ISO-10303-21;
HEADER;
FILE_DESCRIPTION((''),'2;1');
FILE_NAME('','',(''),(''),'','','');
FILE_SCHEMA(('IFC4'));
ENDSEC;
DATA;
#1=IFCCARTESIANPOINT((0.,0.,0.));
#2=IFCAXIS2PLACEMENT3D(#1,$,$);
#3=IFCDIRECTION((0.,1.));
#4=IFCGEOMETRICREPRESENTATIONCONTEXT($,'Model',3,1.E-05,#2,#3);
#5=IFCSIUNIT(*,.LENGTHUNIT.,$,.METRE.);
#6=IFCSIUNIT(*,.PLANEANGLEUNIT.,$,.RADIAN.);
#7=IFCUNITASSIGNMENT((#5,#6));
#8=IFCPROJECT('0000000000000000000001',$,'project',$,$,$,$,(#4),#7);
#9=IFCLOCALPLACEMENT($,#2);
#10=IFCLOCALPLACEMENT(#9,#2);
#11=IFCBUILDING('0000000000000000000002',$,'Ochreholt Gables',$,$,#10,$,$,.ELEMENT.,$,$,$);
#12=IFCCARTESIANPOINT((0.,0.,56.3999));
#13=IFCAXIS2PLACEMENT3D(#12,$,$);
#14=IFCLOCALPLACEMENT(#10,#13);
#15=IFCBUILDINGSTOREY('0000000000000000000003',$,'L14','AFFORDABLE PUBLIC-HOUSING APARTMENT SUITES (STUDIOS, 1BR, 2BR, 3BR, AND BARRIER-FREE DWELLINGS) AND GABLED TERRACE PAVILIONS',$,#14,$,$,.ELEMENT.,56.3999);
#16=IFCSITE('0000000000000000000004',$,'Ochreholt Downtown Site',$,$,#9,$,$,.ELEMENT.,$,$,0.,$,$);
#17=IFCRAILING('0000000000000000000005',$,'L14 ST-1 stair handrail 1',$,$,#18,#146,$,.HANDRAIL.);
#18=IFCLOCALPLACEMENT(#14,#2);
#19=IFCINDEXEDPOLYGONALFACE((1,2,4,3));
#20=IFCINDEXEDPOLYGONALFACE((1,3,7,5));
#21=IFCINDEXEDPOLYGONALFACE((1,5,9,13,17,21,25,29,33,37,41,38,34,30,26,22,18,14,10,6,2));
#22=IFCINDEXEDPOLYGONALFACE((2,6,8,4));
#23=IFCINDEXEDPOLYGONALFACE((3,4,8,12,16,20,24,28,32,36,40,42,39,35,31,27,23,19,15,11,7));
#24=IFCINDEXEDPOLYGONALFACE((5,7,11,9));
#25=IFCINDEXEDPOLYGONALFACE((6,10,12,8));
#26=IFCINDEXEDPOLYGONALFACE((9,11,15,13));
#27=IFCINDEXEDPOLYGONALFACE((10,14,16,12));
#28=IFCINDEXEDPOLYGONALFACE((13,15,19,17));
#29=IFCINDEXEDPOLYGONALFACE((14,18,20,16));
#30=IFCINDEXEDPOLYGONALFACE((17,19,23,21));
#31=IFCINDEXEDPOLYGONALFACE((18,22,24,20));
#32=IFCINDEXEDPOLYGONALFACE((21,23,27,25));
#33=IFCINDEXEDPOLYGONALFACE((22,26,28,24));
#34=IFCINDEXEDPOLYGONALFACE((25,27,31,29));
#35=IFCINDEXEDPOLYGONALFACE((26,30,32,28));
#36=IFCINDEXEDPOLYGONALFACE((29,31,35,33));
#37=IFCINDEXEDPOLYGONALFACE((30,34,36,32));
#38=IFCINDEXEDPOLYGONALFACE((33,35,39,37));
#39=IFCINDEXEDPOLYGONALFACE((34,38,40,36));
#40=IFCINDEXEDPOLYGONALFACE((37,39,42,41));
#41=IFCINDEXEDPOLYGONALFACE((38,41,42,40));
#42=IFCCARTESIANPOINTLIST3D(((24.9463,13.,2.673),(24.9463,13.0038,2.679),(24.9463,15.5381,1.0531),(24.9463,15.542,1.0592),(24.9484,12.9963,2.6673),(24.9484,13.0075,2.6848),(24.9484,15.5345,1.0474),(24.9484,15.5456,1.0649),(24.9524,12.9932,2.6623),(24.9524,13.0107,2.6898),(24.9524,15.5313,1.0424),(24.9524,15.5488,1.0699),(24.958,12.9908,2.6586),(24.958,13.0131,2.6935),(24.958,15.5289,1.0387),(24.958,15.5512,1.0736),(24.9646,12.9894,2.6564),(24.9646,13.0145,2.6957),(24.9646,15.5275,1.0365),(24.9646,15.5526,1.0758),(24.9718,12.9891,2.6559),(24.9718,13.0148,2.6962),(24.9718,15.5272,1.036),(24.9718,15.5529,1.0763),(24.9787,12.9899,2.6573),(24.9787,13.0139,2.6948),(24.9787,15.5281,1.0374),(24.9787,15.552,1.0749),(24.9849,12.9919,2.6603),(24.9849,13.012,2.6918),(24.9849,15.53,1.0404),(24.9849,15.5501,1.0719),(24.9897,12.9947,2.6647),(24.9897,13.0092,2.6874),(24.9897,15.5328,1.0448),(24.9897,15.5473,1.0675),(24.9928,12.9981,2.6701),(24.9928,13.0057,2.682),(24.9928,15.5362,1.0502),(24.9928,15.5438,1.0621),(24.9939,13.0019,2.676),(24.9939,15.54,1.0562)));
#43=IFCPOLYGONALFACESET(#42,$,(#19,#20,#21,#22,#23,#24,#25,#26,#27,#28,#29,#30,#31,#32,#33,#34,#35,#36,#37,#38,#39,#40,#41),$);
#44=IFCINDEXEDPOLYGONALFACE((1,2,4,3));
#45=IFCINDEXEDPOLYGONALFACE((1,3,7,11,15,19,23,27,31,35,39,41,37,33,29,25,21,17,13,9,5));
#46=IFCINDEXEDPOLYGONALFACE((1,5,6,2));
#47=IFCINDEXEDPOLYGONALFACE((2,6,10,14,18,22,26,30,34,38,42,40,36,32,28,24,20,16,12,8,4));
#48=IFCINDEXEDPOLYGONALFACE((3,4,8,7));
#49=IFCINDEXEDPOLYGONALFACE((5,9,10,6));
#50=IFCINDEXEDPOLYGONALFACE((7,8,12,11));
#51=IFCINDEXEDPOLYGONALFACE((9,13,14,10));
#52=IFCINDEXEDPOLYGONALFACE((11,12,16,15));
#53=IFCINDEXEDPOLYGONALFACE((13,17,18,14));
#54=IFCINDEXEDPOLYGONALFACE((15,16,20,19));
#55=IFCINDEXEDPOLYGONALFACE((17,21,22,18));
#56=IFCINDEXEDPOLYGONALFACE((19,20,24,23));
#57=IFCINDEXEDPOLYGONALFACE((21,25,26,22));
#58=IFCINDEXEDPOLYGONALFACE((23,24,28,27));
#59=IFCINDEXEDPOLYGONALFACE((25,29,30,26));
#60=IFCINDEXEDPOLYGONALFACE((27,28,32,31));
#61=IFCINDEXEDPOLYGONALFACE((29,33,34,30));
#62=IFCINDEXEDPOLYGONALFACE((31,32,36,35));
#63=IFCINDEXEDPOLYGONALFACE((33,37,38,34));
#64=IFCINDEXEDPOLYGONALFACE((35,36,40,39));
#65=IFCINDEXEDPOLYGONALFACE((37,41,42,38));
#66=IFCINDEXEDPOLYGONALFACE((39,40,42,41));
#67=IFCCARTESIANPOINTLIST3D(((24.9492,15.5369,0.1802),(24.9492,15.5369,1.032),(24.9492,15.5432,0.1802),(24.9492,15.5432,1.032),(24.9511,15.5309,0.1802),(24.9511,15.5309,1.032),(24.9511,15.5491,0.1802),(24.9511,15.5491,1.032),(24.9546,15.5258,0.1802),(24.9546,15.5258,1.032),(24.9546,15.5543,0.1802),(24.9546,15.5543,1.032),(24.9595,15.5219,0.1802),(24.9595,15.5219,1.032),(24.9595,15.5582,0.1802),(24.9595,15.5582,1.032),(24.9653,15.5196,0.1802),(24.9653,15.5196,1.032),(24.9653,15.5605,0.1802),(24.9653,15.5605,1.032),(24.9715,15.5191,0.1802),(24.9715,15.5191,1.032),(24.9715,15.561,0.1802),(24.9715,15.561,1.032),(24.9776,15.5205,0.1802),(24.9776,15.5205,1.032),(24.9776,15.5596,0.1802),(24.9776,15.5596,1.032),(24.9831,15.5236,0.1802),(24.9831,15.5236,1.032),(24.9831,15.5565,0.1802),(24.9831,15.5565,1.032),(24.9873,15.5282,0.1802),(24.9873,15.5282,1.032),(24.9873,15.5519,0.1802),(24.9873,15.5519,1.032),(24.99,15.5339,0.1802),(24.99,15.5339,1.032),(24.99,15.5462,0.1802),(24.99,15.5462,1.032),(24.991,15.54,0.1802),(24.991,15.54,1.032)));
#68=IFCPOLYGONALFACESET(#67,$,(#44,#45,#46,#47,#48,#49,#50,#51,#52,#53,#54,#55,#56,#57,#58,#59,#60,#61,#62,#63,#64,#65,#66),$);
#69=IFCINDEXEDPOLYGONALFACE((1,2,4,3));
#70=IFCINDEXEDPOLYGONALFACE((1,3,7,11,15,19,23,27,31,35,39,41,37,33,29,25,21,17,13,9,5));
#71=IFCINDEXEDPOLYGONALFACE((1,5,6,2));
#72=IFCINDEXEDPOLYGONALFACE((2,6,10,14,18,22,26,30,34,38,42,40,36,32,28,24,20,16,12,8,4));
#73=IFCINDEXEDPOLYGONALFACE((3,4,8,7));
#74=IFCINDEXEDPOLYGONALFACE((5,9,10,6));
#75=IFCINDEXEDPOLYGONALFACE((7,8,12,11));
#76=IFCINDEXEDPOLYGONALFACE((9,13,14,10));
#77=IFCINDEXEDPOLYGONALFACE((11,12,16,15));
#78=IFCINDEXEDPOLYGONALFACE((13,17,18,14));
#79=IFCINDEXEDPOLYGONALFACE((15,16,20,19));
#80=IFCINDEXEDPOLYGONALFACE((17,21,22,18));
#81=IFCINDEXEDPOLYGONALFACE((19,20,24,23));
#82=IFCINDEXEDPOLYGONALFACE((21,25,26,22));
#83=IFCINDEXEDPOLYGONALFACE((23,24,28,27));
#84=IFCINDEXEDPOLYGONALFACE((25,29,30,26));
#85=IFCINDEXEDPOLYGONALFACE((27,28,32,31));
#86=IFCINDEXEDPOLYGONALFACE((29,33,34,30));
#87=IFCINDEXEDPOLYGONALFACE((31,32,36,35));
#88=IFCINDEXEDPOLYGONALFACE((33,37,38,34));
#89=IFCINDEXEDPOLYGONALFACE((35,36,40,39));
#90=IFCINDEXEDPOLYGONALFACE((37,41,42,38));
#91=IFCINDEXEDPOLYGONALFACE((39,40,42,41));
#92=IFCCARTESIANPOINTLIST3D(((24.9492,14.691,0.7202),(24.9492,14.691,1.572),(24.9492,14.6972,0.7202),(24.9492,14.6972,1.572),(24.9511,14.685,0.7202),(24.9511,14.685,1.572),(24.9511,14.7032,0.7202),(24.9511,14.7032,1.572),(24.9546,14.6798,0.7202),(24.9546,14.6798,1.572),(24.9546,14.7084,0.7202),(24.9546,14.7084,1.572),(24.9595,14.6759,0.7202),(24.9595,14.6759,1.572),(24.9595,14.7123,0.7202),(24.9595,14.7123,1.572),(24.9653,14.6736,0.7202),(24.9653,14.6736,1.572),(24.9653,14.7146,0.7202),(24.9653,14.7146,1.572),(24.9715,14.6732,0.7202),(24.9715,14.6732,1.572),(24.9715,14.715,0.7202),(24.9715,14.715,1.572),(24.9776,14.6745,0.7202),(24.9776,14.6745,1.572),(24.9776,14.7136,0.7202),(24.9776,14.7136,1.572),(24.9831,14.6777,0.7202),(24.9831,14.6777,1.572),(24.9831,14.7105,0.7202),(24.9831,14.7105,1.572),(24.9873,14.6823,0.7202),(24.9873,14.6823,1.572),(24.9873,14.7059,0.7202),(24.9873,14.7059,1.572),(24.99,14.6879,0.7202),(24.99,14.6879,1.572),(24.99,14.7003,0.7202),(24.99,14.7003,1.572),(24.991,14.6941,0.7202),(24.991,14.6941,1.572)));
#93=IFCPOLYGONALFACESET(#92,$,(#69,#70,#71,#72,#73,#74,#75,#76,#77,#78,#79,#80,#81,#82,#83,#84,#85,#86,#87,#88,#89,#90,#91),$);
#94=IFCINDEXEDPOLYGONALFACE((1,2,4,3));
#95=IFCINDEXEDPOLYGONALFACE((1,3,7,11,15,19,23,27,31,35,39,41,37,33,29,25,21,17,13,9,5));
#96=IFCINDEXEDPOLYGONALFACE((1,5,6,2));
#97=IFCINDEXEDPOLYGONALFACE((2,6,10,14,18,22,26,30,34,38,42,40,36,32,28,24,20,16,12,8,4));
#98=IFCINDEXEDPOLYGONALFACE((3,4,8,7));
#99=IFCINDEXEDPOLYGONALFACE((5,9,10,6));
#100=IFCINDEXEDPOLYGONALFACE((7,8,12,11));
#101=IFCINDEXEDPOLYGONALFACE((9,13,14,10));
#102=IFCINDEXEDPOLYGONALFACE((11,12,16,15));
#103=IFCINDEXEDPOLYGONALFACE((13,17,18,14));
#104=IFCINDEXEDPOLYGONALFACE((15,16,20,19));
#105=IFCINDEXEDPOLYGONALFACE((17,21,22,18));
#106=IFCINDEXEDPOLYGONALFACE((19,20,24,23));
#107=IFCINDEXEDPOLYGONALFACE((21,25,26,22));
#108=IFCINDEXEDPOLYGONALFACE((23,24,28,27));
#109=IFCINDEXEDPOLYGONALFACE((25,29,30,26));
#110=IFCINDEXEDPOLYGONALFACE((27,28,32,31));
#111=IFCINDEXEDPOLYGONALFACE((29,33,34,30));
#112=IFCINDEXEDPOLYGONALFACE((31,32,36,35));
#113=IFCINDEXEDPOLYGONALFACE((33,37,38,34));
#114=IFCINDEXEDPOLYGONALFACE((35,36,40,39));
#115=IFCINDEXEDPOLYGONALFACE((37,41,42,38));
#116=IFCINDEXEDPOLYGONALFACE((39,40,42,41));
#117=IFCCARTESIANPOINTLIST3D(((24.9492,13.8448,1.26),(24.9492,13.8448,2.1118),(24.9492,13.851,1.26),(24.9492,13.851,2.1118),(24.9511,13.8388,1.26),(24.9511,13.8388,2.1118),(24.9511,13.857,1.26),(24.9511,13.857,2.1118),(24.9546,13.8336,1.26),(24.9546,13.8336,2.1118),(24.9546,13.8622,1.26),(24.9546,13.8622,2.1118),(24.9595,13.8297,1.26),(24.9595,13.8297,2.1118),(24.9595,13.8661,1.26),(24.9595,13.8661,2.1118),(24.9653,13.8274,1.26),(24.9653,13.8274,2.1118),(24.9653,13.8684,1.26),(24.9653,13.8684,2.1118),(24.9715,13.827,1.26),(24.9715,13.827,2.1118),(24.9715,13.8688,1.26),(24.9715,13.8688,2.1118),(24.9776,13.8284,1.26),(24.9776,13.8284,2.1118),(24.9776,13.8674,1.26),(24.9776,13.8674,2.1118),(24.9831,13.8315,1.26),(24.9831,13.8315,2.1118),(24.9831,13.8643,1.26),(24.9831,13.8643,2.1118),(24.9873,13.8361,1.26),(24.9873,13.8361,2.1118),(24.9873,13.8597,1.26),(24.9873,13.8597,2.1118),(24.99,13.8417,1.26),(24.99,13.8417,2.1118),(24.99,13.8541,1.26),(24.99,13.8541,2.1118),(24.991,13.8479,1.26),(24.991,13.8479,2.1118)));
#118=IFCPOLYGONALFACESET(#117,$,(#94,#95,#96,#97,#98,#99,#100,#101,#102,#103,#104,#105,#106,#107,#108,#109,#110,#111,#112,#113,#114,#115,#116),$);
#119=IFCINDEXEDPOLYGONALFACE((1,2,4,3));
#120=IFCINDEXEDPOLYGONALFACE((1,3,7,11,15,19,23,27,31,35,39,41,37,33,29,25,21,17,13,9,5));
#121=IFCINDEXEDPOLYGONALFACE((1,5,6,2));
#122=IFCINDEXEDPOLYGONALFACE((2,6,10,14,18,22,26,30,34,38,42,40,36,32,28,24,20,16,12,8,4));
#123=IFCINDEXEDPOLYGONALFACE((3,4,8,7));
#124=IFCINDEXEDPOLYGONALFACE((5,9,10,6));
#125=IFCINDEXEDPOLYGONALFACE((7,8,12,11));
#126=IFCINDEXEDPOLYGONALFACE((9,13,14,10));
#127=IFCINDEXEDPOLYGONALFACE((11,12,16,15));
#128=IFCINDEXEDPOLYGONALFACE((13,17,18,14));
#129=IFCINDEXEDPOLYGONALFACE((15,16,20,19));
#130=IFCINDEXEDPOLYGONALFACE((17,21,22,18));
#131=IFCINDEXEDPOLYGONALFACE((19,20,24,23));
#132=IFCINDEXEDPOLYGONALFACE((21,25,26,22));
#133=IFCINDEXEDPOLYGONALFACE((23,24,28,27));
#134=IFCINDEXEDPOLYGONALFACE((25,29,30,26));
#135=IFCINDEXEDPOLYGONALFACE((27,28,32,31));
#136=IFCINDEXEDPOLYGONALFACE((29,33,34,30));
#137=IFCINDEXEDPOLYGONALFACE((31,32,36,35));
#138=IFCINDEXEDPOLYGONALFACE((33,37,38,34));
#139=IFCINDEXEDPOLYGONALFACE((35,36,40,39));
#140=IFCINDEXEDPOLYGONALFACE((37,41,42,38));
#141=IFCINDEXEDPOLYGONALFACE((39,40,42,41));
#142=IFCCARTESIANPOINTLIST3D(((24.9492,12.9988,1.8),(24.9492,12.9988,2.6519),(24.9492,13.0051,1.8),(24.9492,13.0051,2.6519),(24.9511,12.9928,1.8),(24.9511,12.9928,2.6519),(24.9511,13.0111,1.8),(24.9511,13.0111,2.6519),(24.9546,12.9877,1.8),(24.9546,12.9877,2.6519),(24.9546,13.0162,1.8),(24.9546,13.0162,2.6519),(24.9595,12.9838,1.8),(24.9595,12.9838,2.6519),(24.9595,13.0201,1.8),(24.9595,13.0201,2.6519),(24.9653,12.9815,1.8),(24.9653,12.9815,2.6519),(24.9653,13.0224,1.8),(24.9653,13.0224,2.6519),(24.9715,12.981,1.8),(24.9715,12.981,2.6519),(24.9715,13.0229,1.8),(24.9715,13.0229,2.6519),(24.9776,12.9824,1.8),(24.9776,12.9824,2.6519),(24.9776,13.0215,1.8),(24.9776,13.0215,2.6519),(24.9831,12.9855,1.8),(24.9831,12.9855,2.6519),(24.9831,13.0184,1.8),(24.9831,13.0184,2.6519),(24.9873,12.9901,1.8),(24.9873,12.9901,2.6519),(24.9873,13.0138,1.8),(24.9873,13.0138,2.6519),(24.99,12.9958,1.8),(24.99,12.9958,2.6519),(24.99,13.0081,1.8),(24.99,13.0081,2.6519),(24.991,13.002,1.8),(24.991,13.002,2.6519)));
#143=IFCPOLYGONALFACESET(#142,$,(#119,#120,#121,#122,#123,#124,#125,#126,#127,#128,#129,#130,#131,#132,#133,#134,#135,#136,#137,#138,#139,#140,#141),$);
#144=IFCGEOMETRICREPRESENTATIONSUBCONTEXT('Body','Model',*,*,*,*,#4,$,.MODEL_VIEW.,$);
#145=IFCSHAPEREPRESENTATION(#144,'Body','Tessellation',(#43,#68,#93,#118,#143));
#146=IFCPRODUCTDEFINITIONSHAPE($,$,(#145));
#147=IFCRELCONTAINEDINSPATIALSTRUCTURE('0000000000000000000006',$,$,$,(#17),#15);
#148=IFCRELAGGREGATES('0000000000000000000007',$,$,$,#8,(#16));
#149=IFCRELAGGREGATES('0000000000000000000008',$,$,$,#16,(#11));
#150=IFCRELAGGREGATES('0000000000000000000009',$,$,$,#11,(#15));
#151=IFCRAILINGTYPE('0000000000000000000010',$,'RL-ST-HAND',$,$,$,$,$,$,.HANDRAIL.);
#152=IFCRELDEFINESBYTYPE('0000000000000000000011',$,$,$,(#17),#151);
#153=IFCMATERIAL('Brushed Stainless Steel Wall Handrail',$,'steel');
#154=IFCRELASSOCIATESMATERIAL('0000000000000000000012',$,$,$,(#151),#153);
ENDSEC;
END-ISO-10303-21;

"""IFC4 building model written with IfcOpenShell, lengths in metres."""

from ifc_helpers import new_model, si_unit, direction, frame, origin, origin_2d, place, context, subcontext, project, spatial, circle, extrude, material, type_object, element, save


model = new_model("IFC4")

# Units and contexts
model_context = context("Model", 3, precision=1e-05, world=origin(), true_north=direction((0.0, 1.0)))
body_context = subcontext(model_context, "Body", "Model", "MODEL_VIEW")
ifc_project = project(units=[si_unit("LENGTHUNIT", "METRE"), si_unit("PLANEANGLEUNIT", "RADIAN")], contexts=[model_context])

# Site, building, storey
site_placement = place(None, origin())
site = spatial("IfcSite", under=ifc_project, at=site_placement, Name="Ochreholt Downtown Site", CompositionType="ELEMENT", RefElevation=0.0)
building_placement = place(site_placement, origin())
building = spatial("IfcBuilding", under=site, at=building_placement, Name="Ochreholt Gables", CompositionType="ELEMENT")
storey_placement = place(building_placement, frame((0.0, 0.0, 56.3999)))
storey = spatial("IfcBuildingStorey", under=building, at=storey_placement, Name="L14", Description="AFFORDABLE PUBLIC-HOUSING APARTMENT SUITES (STUDIOS, 1BR, 2BR, 3BR, AND BARRIER-FREE DWELLINGS) AND GABLED TERRACE PAVILIONS", CompositionType="ELEMENT", Elevation=56.3999)

# Railing
ifc_material_1 = material(Name="Brushed Stainless Steel Wall Handrail", Category="steel")
railing_type_1 = type_object("IfcRailingType", Name="RL-ST-HAND", PredefinedType="HANDRAIL", material=ifc_material_1)
railing_1_placement = place(storey_placement, frame((24.97, 15.54, 0.1802)))
element("IfcRailing", 1, at=railing_1_placement, inside=storey, type_object=railing_type_1, Name="L14 ST-1 stair handrail 1", PredefinedType="HANDRAIL", context=body_context, shape_type="SweptSolid", body=[
    extrude(circle(Radius=0.0239, at=origin_2d()), frame((0.0, 0.0, 0.876), z_axis=(0.0, -0.84295, 0.537993), x_axis=(1.0, 0.0, 0.0)), (0.0, 0.0, 1.0), 3.011),
    extrude(circle(Radius=0.021, at=origin_2d()), origin(), (0.0, 0.0, 1.0), 0.8518),
    extrude(circle(Radius=0.021, at=origin_2d()), frame((0.0, -0.8459, 0.54)), (0.0, 0.0, 1.0), 0.8518),
    extrude(circle(Radius=0.021, at=origin_2d()), frame((0.0, -1.6921, 1.0798)), (0.0, 0.0, 1.0), 0.8518),
    extrude(circle(Radius=0.021, at=origin_2d()), frame((0.0, -2.5381, 1.6199)), (0.0, 0.0, 1.0), 0.8518),
])

save(model, "model.ifc")
